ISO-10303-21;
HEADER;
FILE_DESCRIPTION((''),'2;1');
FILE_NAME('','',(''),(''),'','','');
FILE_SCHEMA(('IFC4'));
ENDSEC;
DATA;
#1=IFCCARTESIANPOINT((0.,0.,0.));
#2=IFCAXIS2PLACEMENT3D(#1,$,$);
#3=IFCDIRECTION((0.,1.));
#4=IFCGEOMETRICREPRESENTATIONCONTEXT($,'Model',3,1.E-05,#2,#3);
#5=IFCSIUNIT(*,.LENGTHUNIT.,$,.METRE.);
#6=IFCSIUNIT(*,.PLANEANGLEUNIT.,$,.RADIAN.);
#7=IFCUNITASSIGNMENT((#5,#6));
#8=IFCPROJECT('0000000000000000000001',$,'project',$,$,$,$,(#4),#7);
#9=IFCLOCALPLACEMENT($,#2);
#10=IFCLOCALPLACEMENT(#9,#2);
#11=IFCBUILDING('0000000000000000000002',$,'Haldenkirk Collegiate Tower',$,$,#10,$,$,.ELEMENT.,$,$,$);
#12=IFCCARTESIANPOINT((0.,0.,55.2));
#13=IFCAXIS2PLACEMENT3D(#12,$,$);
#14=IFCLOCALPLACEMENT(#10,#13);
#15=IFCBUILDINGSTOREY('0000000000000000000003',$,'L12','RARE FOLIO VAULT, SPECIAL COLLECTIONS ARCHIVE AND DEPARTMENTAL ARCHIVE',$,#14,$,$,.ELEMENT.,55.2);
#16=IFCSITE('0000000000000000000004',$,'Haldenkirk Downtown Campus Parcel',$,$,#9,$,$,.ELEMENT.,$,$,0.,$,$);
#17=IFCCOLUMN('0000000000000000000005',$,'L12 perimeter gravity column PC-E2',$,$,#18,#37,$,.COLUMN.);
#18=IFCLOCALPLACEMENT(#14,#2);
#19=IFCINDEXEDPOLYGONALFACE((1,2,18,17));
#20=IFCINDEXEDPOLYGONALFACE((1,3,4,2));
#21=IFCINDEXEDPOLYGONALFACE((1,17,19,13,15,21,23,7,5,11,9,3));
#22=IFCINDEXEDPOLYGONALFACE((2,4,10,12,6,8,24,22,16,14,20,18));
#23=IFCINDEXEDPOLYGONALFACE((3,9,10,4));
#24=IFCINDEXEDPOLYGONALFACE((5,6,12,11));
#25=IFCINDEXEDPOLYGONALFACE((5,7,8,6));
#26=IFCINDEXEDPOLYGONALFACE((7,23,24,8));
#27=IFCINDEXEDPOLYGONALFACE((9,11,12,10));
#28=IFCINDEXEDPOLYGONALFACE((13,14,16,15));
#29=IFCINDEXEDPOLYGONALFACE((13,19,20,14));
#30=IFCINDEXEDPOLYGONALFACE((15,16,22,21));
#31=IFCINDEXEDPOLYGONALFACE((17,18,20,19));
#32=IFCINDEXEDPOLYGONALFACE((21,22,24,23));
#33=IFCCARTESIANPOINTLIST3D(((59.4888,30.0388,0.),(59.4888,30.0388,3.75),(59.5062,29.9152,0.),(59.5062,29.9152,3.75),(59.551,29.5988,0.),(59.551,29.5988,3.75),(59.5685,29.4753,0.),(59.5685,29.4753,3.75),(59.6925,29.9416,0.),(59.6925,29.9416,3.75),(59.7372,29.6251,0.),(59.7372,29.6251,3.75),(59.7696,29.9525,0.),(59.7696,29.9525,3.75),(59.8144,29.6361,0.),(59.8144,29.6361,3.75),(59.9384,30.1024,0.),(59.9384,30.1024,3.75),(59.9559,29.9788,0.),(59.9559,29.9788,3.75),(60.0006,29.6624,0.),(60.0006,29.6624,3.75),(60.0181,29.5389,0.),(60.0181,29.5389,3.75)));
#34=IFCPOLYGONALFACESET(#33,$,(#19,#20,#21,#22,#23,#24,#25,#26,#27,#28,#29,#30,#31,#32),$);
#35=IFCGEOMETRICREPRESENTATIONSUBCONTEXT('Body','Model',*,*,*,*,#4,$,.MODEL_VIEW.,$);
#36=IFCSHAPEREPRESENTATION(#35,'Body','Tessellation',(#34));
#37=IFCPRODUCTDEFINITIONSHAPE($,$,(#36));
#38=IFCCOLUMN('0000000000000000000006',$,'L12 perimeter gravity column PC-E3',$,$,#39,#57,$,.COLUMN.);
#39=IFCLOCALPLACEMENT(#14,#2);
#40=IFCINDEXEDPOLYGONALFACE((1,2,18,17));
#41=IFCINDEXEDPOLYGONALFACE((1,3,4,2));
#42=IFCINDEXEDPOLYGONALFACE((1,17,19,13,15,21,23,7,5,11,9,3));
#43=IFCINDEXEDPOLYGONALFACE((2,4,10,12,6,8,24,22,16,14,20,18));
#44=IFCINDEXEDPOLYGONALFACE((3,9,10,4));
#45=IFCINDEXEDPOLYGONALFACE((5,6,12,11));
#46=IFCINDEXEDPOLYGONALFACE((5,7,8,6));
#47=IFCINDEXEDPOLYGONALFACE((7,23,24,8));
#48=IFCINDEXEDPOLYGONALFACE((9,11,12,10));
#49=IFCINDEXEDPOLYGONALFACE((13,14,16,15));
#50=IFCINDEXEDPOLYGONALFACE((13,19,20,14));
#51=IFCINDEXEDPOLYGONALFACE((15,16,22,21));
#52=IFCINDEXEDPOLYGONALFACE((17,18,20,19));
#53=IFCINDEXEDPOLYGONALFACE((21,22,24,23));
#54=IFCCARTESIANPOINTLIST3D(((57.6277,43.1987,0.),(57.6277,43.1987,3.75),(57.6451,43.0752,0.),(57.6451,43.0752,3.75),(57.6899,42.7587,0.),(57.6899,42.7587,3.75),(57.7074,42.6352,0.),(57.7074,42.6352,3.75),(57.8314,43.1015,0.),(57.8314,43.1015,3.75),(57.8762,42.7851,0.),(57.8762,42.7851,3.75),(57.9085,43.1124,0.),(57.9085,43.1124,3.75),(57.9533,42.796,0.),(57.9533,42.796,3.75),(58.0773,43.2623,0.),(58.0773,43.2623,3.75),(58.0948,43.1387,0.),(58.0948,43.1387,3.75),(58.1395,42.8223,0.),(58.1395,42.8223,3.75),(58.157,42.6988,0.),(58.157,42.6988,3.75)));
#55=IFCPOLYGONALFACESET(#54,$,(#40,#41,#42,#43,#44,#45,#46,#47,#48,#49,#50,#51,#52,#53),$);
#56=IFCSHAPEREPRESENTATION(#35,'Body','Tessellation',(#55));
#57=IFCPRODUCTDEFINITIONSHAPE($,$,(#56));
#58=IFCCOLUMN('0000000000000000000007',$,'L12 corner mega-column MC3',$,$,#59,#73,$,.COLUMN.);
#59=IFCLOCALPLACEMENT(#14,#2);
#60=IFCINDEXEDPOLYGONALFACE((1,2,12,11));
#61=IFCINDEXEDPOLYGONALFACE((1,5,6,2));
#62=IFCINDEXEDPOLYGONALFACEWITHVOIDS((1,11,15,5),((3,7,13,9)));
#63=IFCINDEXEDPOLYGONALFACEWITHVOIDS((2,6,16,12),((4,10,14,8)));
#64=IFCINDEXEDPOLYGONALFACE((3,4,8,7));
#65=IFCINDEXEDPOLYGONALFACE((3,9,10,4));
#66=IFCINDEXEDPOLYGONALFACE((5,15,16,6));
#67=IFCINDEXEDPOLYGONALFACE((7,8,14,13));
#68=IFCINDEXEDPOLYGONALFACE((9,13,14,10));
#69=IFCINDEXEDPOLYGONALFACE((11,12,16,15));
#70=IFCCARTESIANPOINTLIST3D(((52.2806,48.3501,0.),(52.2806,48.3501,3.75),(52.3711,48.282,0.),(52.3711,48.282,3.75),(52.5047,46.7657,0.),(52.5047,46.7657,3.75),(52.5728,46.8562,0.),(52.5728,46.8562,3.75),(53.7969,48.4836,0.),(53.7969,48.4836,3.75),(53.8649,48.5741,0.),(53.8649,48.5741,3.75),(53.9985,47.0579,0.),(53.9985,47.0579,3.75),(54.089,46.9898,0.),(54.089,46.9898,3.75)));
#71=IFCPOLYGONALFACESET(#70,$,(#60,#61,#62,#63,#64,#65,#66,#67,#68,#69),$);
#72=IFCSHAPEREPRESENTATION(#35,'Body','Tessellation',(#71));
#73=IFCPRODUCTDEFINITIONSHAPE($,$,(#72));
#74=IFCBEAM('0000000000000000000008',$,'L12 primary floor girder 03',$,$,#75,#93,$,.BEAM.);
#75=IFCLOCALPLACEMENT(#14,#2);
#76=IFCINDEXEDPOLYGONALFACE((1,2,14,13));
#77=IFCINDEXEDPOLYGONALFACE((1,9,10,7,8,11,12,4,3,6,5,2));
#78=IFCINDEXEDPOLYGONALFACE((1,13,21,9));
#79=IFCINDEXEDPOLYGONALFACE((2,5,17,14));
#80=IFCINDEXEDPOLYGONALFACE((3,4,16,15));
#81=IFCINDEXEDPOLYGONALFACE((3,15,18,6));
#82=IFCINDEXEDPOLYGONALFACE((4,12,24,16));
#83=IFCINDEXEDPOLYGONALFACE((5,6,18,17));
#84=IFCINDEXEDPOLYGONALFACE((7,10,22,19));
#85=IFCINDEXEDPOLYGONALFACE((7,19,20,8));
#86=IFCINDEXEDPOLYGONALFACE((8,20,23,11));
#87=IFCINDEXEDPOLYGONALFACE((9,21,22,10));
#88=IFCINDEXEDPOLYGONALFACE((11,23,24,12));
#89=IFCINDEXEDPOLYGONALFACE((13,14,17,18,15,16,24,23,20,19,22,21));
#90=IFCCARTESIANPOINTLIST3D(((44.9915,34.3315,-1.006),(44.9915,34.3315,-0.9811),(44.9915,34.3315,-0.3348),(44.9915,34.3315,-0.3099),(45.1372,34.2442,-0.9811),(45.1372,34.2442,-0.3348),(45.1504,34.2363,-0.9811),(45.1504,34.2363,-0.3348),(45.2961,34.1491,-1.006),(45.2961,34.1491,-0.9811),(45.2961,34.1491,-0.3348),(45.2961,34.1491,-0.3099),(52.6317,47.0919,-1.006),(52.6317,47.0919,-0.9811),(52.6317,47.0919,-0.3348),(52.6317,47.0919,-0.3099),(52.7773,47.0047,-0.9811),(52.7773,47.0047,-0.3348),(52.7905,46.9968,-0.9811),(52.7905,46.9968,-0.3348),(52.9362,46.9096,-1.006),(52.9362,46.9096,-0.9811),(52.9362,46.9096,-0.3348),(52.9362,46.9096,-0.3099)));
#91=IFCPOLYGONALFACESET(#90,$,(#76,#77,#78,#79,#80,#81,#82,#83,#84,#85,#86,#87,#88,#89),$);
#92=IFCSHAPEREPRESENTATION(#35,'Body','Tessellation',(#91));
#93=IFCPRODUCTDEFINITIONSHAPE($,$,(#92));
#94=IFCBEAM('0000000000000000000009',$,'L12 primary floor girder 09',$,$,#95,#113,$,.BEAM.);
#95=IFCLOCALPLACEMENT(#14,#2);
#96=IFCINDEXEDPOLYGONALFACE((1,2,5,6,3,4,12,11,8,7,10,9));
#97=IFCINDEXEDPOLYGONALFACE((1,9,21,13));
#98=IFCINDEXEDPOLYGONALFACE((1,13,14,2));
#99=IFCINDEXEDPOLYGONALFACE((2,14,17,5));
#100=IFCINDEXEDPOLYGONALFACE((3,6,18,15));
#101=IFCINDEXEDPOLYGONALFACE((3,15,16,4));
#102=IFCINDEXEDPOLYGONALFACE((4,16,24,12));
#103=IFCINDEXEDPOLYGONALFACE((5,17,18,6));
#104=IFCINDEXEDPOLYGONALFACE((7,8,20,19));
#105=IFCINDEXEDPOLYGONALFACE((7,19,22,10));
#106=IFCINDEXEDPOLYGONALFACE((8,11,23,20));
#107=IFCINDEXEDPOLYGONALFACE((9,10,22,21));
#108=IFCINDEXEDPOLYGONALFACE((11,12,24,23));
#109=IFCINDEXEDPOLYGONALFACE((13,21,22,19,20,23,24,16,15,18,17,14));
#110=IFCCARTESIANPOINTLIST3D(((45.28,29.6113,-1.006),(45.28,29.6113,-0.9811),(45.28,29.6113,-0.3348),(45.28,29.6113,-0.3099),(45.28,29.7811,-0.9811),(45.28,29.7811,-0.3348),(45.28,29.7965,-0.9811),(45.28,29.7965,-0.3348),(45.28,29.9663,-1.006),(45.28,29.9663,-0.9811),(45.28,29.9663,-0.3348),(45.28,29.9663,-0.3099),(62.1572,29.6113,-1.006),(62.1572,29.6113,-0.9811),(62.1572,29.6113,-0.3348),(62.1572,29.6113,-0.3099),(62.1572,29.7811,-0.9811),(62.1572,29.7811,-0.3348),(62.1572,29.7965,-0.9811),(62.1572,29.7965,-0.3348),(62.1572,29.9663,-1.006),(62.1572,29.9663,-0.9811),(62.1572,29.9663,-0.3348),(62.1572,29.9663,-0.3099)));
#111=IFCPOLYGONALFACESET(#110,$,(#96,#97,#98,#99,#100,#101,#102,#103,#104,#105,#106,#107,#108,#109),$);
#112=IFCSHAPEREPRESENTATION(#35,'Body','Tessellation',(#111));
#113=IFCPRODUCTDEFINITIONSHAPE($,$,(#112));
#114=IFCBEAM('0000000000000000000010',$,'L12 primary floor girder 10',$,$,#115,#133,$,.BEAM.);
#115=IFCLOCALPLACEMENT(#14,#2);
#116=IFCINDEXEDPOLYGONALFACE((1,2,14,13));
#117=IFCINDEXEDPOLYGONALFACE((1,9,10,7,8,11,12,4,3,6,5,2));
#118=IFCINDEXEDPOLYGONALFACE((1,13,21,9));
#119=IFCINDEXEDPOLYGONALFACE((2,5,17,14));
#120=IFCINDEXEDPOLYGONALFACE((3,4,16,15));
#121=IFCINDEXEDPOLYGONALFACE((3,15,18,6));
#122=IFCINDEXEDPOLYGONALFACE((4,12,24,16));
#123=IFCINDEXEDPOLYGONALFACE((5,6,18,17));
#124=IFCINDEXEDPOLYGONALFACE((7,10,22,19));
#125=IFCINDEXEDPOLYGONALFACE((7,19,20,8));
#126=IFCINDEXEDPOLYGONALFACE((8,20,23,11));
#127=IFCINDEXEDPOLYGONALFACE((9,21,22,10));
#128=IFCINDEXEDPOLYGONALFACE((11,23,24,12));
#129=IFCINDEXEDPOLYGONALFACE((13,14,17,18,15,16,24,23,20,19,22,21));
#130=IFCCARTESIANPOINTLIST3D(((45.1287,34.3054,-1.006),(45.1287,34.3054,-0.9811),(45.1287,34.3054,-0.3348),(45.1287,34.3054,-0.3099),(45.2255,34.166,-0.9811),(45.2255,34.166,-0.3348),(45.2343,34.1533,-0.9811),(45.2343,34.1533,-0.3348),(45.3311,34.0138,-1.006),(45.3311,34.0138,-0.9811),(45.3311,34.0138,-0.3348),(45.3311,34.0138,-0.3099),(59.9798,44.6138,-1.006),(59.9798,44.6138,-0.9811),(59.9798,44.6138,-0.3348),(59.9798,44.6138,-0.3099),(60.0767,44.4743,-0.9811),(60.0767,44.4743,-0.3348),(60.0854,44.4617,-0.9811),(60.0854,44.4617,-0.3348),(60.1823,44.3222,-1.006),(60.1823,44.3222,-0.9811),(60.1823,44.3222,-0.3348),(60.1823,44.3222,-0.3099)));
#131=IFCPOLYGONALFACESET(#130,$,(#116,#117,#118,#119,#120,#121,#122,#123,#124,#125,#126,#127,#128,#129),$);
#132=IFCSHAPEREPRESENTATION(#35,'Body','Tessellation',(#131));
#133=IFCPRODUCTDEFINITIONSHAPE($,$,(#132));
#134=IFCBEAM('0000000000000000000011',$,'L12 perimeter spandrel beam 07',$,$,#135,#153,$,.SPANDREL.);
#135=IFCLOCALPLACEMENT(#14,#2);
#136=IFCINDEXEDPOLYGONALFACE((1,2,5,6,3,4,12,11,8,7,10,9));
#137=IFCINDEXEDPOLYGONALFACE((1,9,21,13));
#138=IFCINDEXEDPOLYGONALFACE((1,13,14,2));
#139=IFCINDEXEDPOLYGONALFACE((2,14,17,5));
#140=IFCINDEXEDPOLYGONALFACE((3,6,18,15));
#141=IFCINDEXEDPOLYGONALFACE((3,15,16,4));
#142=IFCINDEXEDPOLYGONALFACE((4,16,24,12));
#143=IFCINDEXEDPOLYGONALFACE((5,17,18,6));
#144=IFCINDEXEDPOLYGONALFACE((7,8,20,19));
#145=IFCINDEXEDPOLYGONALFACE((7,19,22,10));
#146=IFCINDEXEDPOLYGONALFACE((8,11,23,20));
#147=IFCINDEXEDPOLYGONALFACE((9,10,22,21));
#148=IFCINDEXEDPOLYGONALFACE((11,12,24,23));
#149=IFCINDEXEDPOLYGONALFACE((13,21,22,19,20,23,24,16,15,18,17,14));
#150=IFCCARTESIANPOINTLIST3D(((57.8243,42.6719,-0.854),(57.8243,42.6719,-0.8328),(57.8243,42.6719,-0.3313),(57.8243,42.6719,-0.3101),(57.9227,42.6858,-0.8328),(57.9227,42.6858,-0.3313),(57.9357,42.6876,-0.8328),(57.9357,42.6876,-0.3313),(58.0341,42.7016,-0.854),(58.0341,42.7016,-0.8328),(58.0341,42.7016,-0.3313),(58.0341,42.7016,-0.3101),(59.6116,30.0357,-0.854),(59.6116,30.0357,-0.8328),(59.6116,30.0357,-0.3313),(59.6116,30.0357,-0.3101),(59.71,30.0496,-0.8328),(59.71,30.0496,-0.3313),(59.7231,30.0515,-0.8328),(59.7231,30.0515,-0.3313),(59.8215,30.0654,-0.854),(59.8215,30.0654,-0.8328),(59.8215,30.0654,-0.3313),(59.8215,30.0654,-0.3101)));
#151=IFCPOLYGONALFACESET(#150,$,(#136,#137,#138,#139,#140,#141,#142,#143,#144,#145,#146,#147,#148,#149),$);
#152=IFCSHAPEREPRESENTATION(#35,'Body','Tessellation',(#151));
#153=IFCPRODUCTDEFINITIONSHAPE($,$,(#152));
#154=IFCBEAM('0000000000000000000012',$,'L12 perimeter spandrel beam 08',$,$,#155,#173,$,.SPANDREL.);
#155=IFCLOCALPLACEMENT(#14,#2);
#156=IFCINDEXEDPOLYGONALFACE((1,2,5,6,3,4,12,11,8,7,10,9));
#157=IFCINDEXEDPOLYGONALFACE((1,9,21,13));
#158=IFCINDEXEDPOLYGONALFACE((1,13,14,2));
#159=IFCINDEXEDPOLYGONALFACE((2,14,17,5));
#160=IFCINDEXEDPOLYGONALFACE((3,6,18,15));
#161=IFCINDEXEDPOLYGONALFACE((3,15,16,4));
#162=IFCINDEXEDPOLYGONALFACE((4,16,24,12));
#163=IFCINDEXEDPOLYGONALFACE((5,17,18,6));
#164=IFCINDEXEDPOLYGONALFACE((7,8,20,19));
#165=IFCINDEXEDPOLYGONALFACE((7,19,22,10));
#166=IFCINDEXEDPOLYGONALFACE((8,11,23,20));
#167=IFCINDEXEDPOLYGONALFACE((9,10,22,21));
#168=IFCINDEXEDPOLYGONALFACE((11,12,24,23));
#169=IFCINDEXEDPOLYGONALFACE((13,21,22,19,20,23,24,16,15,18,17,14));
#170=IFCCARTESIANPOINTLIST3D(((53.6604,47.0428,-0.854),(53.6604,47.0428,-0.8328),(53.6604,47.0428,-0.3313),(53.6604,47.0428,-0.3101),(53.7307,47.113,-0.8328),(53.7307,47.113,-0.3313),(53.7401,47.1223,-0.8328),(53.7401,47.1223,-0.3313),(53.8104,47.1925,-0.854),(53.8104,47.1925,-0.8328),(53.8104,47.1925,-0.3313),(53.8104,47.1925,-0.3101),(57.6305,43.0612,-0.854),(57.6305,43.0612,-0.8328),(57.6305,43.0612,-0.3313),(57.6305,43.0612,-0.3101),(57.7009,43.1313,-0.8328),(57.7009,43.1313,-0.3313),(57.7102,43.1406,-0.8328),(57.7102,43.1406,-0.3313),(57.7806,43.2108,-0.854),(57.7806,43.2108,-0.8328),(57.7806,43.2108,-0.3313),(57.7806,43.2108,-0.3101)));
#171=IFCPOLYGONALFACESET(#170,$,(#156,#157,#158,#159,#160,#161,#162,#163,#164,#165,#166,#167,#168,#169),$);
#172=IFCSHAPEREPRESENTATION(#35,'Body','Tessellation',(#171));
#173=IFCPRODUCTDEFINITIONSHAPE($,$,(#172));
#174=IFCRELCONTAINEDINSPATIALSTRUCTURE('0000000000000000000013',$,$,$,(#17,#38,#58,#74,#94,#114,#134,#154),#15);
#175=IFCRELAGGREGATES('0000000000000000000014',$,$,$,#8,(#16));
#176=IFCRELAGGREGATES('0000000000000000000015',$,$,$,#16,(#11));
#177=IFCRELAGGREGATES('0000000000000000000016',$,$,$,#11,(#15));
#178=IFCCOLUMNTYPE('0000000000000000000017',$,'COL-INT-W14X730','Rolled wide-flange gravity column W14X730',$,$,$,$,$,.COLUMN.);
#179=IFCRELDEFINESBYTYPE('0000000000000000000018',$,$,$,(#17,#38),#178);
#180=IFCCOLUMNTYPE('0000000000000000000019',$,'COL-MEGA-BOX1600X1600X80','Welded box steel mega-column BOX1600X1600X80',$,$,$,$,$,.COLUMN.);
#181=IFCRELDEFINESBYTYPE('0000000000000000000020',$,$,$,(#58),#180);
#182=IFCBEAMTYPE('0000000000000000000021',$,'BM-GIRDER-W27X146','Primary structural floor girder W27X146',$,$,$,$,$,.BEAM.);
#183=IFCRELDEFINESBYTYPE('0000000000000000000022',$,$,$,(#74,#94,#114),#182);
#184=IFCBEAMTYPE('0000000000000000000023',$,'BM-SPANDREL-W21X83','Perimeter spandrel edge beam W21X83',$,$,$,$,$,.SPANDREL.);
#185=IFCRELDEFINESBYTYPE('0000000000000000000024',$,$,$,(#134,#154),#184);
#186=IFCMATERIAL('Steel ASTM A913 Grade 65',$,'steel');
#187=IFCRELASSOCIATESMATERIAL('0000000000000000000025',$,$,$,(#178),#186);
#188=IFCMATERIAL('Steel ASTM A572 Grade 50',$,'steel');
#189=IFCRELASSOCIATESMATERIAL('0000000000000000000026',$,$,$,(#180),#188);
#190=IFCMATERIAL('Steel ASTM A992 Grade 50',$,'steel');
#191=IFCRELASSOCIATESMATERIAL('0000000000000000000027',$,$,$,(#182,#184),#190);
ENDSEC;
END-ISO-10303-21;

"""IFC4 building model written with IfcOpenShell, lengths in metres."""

from ifc_helpers import new_model, si_unit, direction, frame, origin, origin_2d, place, context, subcontext, project, spatial, hollow_rectangle, i_section, extrude, material, material_profile, profile_set, type_object, element, save


model = new_model("IFC4")

# Units and contexts
model_context = context("Model", 3, precision=1e-05, world=origin(), true_north=direction((0.0, 1.0)))
body_context = subcontext(model_context, "Body", "Model", "MODEL_VIEW")
ifc_project = project(units=[si_unit("LENGTHUNIT", "METRE"), si_unit("PLANEANGLEUNIT", "RADIAN")], contexts=[model_context])

# Site, building, storey
site_placement = place(None, origin())
site = spatial("IfcSite", under=ifc_project, at=site_placement, Name="Haldenkirk Downtown Campus Parcel", CompositionType="ELEMENT", RefElevation=0.0)
building_placement = place(site_placement, origin())
building = spatial("IfcBuilding", under=site, at=building_placement, Name="Haldenkirk Collegiate Tower", CompositionType="ELEMENT")
storey_placement = place(building_placement, frame((0.0, 0.0, 55.2)))
storey = spatial("IfcBuildingStorey", under=building, at=storey_placement, Name="L12", Description="RARE FOLIO VAULT, SPECIAL COLLECTIONS ARCHIVE AND DEPARTMENTAL ARCHIVE", CompositionType="ELEMENT", Elevation=55.2)

# Columns
ifc_material_1 = material(Name="Steel ASTM A913 Grade 65", Category="steel")
ifc_material_profile_1 = material_profile(ifc_material_1, i_section(OverallWidth=0.4541, OverallDepth=0.5691, WebThickness=0.0779, FlangeThickness=0.1248, at=origin_2d()), Name="W14X730")
ifc_profile_set_1 = profile_set([ifc_material_profile_1], Name="Steel ASTM A913 Grade 65")
column_type_1 = type_object("IfcColumnType", Name="COL-INT-W14X730", Description="Rolled wide-flange gravity column W14X730", PredefinedType="COLUMN", material=ifc_profile_set_1)
for number, where, z_axis, x_axis, name in (
    (1, (59.7534, 29.7888, 0.0), (0.0, 0.0, 1.0), (0.990146, 0.140037, 0.0), "L12 perimeter gravity column PC-E2"),
    (2, (57.8923, 42.9487, 0.0), (0.0, 0.0, 1.0), (0.990146, 0.140037, 0.0), "L12 perimeter gravity column PC-E3"),
):
    element("IfcColumn", number, at=place(storey_placement, frame(where, z_axis=z_axis, x_axis=x_axis)), inside=storey, type_object=column_type_1, Name=name, PredefinedType="COLUMN", context=body_context, shape_type="SweptSolid", body=[
        extrude(i_section(OverallWidth=0.4541, OverallDepth=0.5691, WebThickness=0.0779, FlangeThickness=0.1248, at=origin_2d()), origin(), (0.0, 0.0, 1.0), 3.75),
    ])
ifc_material_2 = material(Name="Steel ASTM A572 Grade 50", Category="steel")
ifc_material_profile_2 = material_profile(ifc_material_2, hollow_rectangle(XDim=1.6001, YDim=1.6001, WallThickness=0.0801, at=origin_2d()), Name="BOX1600X1600X80")
ifc_profile_set_2 = profile_set([ifc_material_profile_2], Name="Steel ASTM A572 Grade 50")
column_type_2 = type_object("IfcColumnType", Name="COL-MEGA-BOX1600X1600X80", Description="Welded box steel mega-column BOX1600X1600X80", PredefinedType="COLUMN", material=ifc_profile_set_2)
column_placement = place(storey_placement, frame((53.1848, 47.6699, 0.0), z_axis=(0.0, 0.0, 1.0), x_axis=(0.990146, 0.140037, 0.0)))
element("IfcColumn", 3, at=column_placement, inside=storey, type_object=column_type_2, Name="L12 corner mega-column MC3", PredefinedType="COLUMN", context=body_context, shape_type="SweptSolid", body=[
    extrude(hollow_rectangle(XDim=1.6001, YDim=1.6001, WallThickness=0.0801, at=origin_2d()), origin(), (0.0, 0.0, 1.0), 3.75),
])

# Beams
ifc_material_3 = material(Name="Steel ASTM A992 Grade 50", Category="steel")
ifc_material_profile_3 = material_profile(ifc_material_3, i_section(OverallWidth=0.355, OverallDepth=0.696, WebThickness=0.0154, FlangeThickness=0.0249, at=origin_2d()), Name="W27X146")
ifc_profile_set_3 = profile_set([ifc_material_profile_3], Name="Steel ASTM A992 Grade 50")
beam_type_1 = type_object("IfcBeamType", Name="BM-GIRDER-W27X146", Description="Primary structural floor girder W27X146", PredefinedType="BEAM", material=ifc_profile_set_3)
beam_1_placement = place(storey_placement, frame((52.7839, 47.0007, -0.658), z_axis=(-0.513696, -0.857972, 0.0), x_axis=(0.857972, -0.513696, 0.0)))
element("IfcBeam", 4, at=beam_1_placement, inside=storey, type_object=beam_type_1, Name="L12 primary floor girder 03", PredefinedType="BEAM", context=body_context, shape_type="SweptSolid", body=[
    extrude(i_section(OverallWidth=0.355, OverallDepth=0.696, WebThickness=0.0154, FlangeThickness=0.0249, at=origin_2d()), origin(), (0.0, 0.0, 1.0), 14.8728),
])
beam_2_placement = place(storey_placement, frame((62.1572, 29.7888, -0.658), z_axis=(-1.0, 0.0, 0.0), x_axis=(0.0, -1.0, 0.0)))
element("IfcBeam", 5, at=beam_2_placement, inside=storey, type_object=beam_type_1, Name="L12 primary floor girder 09", PredefinedType="BEAM", context=body_context, shape_type="SweptSolid", body=[
    extrude(i_section(OverallWidth=0.355, OverallDepth=0.696, WebThickness=0.0154, FlangeThickness=0.0249, at=origin_2d()), origin(), (0.0, 0.0, 1.0), 16.8772),
])
beam_3_placement = place(storey_placement, frame((60.0811, 44.468, -0.658), z_axis=(-0.821497, -0.570213, 0.0), x_axis=(0.570213, -0.821497, 0.0)))
element("IfcBeam", 6, at=beam_3_placement, inside=storey, type_object=beam_type_1, Name="L12 primary floor girder 10", PredefinedType="BEAM", context=body_context, shape_type="SweptSolid", body=[
    extrude(i_section(OverallWidth=0.355, OverallDepth=0.696, WebThickness=0.0154, FlangeThickness=0.0249, at=origin_2d()), origin(), (0.0, 0.0, 1.0), 18.0781),
])
ifc_material_profile_4 = material_profile(ifc_material_3, i_section(OverallWidth=0.2119, OverallDepth=0.5439, WebThickness=0.0132, FlangeThickness=0.0212, at=origin_2d()), Name="W21X83")
ifc_profile_set_4 = profile_set([ifc_material_profile_4], Name="Steel ASTM A992 Grade 50")
beam_type_2 = type_object("IfcBeamType", Name="BM-SPANDREL-W21X83", Description="Perimeter spandrel edge beam W21X83", PredefinedType="SPANDREL", material=ifc_profile_set_4)
beam_4_placement = place(storey_placement, frame((59.7166, 30.0505, -0.582), z_axis=(-0.140053, 0.990144, 0.0), x_axis=(-0.990144, -0.140053, 0.0)))
element("IfcBeam", 7, at=beam_4_placement, inside=storey, type_object=beam_type_2, Name="L12 perimeter spandrel beam 07", PredefinedType="SPANDREL", context=body_context, shape_type="SweptSolid", body=[
    extrude(i_section(OverallWidth=0.2119, OverallDepth=0.5439, WebThickness=0.0132, FlangeThickness=0.0212, at=origin_2d()), origin(), (0.0, 0.0, 1.0), 12.762),
])
beam_5_placement = place(storey_placement, frame((57.7056, 43.136, -0.582), z_axis=(-0.706086, 0.708126, 0.0), x_axis=(-0.708126, -0.706086, 0.0)))
element("IfcBeam", 8, at=beam_5_placement, inside=storey, type_object=beam_type_2, Name="L12 perimeter spandrel beam 08", PredefinedType="SPANDREL", context=body_context, shape_type="SweptSolid", body=[
    extrude(i_section(OverallWidth=0.2119, OverallDepth=0.5439, WebThickness=0.0132, FlangeThickness=0.0212, at=origin_2d()), origin(), (0.0, 0.0, 1.0), 5.6228),
])

save(model, "model.ifc")
